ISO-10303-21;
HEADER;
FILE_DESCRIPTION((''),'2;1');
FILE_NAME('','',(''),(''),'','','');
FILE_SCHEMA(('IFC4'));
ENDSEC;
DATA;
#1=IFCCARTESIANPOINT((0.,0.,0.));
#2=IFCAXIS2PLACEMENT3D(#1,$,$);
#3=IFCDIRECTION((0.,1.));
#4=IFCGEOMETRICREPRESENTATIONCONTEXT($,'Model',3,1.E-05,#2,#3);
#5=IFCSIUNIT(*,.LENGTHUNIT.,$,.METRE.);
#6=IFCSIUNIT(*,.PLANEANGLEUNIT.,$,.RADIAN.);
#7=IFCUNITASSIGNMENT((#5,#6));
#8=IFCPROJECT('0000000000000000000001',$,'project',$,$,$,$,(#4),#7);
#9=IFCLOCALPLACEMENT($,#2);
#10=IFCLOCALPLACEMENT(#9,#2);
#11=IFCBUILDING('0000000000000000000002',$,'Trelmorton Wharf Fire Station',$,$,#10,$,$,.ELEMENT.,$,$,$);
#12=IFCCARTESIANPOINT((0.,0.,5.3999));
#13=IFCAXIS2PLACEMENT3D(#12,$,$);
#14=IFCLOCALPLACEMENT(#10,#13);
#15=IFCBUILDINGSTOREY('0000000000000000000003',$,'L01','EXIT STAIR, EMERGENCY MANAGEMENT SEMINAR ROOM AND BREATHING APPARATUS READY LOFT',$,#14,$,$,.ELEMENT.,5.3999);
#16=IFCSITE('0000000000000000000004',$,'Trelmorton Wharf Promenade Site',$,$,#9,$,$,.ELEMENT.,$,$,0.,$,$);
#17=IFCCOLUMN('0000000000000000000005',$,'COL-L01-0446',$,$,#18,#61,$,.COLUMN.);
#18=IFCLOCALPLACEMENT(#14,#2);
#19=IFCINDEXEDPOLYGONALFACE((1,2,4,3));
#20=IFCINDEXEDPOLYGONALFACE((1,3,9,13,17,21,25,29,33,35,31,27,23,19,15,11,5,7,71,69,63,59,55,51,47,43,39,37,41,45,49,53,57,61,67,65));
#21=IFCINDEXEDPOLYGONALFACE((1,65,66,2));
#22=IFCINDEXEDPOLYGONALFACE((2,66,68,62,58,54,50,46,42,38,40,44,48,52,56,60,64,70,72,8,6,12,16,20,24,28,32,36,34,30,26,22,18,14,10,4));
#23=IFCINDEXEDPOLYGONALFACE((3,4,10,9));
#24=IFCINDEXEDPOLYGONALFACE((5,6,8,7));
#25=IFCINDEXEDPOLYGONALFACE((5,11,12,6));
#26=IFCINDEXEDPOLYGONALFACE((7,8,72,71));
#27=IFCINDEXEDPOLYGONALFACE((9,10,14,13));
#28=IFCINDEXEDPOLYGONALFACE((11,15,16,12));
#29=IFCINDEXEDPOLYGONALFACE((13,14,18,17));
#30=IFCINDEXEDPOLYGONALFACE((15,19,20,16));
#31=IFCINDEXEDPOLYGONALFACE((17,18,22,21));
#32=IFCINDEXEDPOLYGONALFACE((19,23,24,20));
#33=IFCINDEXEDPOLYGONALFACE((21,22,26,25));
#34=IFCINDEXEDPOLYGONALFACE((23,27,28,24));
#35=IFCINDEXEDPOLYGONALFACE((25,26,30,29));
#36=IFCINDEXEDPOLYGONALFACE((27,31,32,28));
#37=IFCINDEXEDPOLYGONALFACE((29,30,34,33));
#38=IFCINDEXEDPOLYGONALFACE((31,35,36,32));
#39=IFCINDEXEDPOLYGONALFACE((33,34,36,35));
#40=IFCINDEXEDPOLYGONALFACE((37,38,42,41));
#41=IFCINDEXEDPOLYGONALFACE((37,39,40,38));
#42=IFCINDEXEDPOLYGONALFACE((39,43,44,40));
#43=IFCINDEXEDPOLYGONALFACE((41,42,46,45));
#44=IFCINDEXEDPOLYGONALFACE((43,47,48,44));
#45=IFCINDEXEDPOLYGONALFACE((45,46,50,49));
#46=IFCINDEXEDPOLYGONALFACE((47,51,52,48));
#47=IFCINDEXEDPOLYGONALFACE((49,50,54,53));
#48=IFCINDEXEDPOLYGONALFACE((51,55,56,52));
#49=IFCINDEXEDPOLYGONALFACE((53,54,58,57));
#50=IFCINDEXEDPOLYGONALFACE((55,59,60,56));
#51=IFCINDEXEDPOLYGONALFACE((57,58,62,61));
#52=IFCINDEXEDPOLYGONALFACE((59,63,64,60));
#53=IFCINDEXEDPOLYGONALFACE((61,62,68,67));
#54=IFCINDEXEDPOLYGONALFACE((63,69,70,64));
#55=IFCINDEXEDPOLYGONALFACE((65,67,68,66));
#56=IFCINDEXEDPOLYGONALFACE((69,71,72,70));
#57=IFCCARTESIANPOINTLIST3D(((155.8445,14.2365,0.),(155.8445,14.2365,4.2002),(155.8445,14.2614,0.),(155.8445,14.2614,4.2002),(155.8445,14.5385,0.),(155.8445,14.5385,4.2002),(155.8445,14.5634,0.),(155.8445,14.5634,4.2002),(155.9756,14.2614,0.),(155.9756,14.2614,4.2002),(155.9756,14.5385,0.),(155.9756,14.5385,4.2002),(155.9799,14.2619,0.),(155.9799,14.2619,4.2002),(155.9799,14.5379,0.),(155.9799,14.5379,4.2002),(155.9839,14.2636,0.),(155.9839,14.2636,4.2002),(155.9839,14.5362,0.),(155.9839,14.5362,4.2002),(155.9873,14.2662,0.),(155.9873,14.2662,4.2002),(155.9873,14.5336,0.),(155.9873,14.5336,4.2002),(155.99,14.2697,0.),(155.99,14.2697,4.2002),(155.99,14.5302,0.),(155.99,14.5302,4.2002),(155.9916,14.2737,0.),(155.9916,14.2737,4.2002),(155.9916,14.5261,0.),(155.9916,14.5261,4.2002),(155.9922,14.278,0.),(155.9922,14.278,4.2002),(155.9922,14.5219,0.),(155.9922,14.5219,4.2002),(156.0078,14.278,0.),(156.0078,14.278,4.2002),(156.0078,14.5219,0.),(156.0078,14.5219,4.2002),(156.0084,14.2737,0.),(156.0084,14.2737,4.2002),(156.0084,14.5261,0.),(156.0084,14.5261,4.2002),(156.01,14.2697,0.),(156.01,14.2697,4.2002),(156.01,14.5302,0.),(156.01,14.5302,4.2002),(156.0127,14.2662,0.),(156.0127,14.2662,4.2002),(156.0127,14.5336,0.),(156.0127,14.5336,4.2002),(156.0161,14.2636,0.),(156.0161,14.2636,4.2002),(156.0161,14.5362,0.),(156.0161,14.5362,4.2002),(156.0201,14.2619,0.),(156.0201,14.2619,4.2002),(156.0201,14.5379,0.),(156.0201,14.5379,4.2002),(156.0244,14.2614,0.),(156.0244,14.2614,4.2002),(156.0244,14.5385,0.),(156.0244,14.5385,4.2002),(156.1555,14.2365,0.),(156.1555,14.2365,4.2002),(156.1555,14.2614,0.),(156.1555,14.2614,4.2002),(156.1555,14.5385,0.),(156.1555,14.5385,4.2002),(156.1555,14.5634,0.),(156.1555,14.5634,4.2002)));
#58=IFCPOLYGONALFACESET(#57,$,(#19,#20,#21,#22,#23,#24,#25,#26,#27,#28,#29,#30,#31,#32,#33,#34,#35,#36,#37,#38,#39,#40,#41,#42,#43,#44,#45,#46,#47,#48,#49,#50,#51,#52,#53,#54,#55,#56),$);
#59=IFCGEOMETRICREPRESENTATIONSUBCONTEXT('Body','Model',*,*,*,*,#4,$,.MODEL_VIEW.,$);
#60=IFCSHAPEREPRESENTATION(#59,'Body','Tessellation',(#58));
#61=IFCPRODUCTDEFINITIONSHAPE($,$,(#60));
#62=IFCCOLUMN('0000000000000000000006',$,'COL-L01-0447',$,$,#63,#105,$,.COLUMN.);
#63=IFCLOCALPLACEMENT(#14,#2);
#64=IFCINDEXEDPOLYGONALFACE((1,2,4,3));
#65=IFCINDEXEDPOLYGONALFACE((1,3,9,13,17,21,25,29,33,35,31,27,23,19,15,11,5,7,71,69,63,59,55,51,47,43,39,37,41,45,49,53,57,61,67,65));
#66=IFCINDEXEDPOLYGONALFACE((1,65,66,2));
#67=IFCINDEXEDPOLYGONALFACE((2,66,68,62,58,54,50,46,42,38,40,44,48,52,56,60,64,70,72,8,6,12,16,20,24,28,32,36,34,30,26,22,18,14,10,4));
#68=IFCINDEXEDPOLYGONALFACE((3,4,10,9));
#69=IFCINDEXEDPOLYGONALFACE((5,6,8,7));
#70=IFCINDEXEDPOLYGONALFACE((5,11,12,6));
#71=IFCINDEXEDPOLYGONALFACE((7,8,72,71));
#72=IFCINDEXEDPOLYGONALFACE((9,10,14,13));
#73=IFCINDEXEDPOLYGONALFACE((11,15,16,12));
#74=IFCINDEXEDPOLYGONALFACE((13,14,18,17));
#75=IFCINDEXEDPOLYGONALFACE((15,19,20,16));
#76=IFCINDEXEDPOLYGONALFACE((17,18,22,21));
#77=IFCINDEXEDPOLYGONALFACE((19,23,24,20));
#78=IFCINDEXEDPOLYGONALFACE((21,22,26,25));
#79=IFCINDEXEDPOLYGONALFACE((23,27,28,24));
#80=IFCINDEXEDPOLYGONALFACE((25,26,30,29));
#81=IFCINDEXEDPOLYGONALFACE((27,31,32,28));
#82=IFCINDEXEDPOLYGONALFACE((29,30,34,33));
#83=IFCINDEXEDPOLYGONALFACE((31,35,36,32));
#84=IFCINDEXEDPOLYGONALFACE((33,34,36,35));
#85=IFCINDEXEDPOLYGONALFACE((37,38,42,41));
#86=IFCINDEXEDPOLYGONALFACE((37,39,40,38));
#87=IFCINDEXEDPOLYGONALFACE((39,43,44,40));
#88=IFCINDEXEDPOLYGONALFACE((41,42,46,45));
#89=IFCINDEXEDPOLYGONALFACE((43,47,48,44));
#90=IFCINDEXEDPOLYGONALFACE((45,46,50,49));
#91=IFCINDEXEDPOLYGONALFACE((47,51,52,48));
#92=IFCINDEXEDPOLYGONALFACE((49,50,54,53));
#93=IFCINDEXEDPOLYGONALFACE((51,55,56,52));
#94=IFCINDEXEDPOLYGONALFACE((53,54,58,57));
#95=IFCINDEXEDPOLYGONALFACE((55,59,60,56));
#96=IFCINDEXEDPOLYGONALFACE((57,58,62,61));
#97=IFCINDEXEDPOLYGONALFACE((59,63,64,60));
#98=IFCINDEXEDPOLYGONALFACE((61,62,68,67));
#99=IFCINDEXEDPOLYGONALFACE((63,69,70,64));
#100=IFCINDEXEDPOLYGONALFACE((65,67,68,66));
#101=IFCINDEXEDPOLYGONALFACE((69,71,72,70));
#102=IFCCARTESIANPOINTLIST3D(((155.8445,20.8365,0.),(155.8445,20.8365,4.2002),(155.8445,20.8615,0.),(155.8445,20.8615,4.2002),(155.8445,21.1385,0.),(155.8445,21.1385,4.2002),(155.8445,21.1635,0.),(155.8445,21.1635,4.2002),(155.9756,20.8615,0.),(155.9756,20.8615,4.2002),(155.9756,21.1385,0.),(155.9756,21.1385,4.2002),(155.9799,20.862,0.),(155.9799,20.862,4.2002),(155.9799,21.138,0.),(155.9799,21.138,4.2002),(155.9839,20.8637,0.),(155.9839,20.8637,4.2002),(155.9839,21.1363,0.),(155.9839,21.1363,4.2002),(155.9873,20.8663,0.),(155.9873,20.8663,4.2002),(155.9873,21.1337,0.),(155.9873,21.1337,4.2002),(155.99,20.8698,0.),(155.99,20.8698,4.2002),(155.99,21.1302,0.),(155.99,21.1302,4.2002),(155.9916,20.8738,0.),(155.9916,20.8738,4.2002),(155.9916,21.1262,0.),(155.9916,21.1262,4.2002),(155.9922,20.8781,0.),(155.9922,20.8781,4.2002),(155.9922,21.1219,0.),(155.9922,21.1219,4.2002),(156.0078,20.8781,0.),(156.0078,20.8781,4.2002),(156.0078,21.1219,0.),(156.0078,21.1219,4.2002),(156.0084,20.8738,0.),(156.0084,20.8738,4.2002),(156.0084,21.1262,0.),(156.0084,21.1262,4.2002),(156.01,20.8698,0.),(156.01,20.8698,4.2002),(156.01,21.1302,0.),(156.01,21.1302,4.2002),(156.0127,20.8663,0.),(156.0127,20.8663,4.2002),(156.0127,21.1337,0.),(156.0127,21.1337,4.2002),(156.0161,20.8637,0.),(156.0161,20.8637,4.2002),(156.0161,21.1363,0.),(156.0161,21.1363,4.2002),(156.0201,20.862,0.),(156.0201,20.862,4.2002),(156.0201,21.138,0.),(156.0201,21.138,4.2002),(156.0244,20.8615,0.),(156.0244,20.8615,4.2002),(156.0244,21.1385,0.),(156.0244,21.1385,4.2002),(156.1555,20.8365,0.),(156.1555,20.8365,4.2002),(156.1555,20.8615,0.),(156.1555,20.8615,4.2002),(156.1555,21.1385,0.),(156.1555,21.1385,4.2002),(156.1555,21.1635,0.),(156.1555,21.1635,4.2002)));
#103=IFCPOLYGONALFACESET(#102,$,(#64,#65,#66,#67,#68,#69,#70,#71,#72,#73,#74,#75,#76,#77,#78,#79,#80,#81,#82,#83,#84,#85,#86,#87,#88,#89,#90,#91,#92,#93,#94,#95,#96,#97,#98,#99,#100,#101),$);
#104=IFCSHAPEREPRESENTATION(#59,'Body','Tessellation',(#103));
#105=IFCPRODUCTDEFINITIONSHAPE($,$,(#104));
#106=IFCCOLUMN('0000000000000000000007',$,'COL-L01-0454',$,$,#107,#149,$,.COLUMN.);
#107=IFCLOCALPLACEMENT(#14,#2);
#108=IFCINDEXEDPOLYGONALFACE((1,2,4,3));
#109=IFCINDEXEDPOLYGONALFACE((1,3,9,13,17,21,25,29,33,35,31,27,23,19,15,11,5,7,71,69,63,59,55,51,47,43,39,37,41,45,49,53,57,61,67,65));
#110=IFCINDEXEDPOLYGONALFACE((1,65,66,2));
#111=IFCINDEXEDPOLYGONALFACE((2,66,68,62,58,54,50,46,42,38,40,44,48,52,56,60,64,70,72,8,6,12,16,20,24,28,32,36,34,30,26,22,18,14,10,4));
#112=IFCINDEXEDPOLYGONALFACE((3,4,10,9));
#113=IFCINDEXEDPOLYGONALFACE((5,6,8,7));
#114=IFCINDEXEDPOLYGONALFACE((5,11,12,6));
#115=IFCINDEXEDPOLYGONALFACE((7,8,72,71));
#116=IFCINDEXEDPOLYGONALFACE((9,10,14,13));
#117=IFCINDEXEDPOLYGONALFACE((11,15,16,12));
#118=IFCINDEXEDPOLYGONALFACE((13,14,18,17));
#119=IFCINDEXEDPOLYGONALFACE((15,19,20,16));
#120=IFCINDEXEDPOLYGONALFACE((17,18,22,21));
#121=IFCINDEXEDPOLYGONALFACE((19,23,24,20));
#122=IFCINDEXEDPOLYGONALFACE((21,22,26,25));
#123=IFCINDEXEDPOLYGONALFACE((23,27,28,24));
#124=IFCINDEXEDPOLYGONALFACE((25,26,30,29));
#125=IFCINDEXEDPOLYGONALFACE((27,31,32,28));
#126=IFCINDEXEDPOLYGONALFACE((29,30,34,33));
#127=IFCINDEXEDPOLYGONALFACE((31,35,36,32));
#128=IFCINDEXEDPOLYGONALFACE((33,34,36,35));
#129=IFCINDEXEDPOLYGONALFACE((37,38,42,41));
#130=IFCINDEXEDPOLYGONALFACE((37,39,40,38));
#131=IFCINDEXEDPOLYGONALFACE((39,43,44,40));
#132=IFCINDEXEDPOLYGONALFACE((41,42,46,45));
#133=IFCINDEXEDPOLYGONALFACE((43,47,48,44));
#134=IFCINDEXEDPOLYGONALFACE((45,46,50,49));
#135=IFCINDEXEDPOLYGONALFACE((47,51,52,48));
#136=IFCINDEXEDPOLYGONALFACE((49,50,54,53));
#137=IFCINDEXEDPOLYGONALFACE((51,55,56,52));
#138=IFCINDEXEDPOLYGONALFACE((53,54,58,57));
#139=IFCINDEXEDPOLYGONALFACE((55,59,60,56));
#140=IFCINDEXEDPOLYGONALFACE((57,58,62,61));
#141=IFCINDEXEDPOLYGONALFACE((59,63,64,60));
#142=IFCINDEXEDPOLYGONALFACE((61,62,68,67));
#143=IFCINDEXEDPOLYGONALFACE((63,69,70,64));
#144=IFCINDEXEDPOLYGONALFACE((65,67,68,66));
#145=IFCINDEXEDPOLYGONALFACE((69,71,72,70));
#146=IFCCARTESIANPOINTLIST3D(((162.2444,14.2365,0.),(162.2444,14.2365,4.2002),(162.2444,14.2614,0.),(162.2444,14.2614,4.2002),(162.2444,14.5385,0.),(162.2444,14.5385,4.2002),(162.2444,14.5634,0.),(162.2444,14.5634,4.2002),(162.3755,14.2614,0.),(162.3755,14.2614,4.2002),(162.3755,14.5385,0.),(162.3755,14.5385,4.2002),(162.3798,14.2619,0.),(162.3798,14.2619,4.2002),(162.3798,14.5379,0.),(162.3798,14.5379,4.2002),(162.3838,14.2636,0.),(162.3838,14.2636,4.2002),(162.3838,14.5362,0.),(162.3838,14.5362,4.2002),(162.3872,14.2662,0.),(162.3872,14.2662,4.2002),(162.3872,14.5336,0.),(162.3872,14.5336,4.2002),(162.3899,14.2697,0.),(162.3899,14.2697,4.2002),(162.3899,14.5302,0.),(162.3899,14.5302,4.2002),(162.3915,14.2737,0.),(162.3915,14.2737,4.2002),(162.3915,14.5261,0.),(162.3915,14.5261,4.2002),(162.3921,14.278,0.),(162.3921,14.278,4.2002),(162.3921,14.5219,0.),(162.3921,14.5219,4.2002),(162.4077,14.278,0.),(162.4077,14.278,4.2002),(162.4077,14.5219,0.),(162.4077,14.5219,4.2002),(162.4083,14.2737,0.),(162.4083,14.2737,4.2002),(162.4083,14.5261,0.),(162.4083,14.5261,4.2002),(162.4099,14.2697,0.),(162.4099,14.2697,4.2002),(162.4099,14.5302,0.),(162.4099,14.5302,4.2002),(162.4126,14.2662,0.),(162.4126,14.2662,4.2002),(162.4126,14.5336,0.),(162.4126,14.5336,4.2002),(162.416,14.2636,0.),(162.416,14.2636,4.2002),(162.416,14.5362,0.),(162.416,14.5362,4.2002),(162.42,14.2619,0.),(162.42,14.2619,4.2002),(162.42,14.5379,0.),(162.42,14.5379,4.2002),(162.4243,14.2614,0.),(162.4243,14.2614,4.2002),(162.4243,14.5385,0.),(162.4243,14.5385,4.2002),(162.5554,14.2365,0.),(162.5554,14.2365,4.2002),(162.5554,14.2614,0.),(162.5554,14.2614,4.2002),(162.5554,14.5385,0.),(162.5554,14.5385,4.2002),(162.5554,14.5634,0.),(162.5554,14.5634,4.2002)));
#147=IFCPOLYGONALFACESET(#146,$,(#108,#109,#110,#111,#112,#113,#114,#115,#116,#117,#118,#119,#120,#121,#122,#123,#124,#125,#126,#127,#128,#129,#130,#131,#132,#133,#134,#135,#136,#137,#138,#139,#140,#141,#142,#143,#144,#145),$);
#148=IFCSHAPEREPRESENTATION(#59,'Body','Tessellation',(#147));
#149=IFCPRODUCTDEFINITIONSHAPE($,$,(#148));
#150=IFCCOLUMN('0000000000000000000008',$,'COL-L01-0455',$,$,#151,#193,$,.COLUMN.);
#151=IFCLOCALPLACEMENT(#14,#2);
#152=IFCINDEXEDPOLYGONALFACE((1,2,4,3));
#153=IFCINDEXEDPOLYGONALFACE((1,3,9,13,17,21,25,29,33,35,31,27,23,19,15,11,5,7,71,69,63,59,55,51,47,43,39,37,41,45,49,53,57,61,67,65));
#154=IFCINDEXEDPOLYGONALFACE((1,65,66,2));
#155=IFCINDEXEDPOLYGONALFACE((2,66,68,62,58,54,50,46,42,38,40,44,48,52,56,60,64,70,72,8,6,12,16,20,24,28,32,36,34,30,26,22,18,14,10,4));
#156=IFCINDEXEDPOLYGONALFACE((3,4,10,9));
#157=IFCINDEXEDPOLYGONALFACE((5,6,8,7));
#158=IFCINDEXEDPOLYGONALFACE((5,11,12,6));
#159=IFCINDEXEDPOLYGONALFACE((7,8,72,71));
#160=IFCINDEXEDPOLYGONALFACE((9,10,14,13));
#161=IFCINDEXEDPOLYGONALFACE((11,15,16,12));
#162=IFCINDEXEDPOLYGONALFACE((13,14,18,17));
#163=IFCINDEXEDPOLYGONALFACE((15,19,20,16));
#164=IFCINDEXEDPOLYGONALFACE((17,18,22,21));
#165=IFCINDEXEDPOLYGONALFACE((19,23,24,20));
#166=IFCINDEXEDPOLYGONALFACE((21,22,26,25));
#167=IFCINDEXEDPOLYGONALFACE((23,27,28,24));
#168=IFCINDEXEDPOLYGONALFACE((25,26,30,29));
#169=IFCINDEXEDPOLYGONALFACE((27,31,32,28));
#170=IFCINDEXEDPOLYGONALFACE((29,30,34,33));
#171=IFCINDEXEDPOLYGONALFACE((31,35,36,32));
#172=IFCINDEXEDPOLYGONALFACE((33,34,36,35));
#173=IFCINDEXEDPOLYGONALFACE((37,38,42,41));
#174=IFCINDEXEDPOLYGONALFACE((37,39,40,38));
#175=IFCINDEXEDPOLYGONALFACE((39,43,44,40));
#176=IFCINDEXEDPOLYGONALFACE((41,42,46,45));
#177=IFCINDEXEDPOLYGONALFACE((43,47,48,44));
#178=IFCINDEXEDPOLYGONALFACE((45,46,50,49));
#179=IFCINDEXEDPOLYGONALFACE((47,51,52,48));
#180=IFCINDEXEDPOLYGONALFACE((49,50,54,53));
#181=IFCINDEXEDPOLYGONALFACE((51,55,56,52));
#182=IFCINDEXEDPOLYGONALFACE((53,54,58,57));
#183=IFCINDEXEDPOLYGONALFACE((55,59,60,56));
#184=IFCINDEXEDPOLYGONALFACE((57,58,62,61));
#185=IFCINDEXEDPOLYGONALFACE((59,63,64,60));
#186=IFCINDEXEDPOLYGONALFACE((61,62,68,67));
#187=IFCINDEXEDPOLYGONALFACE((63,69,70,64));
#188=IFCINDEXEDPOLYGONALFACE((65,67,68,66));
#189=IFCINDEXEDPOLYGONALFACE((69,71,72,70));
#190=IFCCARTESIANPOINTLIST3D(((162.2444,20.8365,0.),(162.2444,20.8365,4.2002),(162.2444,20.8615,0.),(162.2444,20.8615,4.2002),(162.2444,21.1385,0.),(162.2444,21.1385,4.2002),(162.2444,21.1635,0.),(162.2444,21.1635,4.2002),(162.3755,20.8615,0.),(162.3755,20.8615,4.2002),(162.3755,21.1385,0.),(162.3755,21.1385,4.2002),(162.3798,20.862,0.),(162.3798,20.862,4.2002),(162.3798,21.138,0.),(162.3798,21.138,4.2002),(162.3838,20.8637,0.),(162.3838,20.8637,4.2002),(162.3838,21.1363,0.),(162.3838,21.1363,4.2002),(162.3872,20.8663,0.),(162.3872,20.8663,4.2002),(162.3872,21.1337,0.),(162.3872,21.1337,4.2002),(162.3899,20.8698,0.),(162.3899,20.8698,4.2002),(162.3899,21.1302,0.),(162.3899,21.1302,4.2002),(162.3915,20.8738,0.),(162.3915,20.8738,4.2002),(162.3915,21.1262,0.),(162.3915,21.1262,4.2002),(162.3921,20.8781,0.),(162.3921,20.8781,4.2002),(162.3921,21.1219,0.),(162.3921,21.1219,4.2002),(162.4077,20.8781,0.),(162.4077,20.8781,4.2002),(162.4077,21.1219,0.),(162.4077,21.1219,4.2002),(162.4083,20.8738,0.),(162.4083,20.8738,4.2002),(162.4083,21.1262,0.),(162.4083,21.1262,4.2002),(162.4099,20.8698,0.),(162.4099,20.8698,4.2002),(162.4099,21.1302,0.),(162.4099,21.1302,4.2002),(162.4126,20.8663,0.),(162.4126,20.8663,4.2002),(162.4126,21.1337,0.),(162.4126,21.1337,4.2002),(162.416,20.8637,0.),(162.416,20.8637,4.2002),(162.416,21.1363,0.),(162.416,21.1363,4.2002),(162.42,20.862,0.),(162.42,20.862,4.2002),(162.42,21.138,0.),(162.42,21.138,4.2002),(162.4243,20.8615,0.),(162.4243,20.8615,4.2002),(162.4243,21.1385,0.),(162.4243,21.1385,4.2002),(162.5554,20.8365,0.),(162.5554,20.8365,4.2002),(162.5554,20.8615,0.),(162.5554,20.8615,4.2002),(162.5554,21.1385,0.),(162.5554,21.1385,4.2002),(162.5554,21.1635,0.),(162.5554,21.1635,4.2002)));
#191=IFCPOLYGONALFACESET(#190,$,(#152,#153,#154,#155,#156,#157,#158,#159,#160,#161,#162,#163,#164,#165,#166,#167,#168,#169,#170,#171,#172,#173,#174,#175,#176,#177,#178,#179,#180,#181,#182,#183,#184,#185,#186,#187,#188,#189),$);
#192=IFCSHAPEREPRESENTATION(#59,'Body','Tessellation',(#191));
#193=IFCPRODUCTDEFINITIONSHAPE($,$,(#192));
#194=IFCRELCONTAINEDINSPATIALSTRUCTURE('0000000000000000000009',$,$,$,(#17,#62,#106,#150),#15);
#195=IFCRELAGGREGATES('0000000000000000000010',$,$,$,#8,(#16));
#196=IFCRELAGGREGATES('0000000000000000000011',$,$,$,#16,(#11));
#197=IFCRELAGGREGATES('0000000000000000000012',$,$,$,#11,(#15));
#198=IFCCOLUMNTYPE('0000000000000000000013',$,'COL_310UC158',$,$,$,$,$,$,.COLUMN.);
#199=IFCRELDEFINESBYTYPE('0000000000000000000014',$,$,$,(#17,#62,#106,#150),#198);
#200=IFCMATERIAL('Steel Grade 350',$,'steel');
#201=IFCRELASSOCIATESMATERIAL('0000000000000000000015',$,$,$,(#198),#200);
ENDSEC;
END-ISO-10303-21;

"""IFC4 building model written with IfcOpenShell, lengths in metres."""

from ifc_helpers import new_model, si_unit, direction, frame, origin, origin_2d, place, context, subcontext, project, spatial, i_section, extrude, material, material_profile, profile_set, type_object, element, save


model = new_model("IFC4")

# Units and contexts
model_context = context("Model", 3, precision=1e-05, world=origin(), true_north=direction((0.0, 1.0)))
body_context = subcontext(model_context, "Body", "Model", "MODEL_VIEW")
ifc_project = project(units=[si_unit("LENGTHUNIT", "METRE"), si_unit("PLANEANGLEUNIT", "RADIAN")], contexts=[model_context])

# Site, building, storey
site_placement = place(None, origin())
site = spatial("IfcSite", under=ifc_project, at=site_placement, Name="Trelmorton Wharf Promenade Site", CompositionType="ELEMENT", RefElevation=0.0)
building_placement = place(site_placement, origin())
building = spatial("IfcBuilding", under=site, at=building_placement, Name="Trelmorton Wharf Fire Station", CompositionType="ELEMENT")
storey_placement = place(building_placement, frame((0.0, 0.0, 5.3999)))
storey = spatial("IfcBuildingStorey", under=building, at=storey_placement, Name="L01", Description="EXIT STAIR, EMERGENCY MANAGEMENT SEMINAR ROOM AND BREATHING APPARATUS READY LOFT", CompositionType="ELEMENT", Elevation=5.3999)

# Columns
ifc_material_1 = material(Name="Steel Grade 350", Category="steel")
ifc_material_profile_1 = material_profile(ifc_material_1, i_section(OverallWidth=0.311, OverallDepth=0.3269, WebThickness=0.0156, FlangeThickness=0.0249, FilletRadius=0.0166, at=origin_2d()), Name="310UC158")
ifc_profile_set_1 = profile_set([ifc_material_profile_1], Name="Steel Grade 350")
column_type = type_object("IfcColumnType", Name="COL_310UC158", PredefinedType="COLUMN", material=ifc_profile_set_1)
for number, where, z_axis, x_axis, name in (
    (1, (156.0, 14.3999, 0.0), (0.0, 0.0, 1.0), (1.0, 0.0, 0.0), "COL-L01-0446"),
    (2, (156.0, 21.0, 0.0), (0.0, 0.0, 1.0), (1.0, 0.0, 0.0), "COL-L01-0447"),
    (3, (162.3999, 14.3999, 0.0), (0.0, 0.0, 1.0), (1.0, 0.0, 0.0), "COL-L01-0454"),
    (4, (162.3999, 21.0, 0.0), (0.0, 0.0, 1.0), (1.0, 0.0, 0.0), "COL-L01-0455"),
):
    element("IfcColumn", number, at=place(storey_placement, frame(where, z_axis=z_axis, x_axis=x_axis)), inside=storey, type_object=column_type, Name=name, PredefinedType="COLUMN", context=body_context, shape_type="SweptSolid", body=[
        extrude(i_section(OverallWidth=0.311, OverallDepth=0.3269, WebThickness=0.0156, FlangeThickness=0.0249, FilletRadius=0.0166, at=origin_2d()), origin(), (0.0, 0.0, 1.0), 4.2002),
    ])

save(model, "model.ifc")
